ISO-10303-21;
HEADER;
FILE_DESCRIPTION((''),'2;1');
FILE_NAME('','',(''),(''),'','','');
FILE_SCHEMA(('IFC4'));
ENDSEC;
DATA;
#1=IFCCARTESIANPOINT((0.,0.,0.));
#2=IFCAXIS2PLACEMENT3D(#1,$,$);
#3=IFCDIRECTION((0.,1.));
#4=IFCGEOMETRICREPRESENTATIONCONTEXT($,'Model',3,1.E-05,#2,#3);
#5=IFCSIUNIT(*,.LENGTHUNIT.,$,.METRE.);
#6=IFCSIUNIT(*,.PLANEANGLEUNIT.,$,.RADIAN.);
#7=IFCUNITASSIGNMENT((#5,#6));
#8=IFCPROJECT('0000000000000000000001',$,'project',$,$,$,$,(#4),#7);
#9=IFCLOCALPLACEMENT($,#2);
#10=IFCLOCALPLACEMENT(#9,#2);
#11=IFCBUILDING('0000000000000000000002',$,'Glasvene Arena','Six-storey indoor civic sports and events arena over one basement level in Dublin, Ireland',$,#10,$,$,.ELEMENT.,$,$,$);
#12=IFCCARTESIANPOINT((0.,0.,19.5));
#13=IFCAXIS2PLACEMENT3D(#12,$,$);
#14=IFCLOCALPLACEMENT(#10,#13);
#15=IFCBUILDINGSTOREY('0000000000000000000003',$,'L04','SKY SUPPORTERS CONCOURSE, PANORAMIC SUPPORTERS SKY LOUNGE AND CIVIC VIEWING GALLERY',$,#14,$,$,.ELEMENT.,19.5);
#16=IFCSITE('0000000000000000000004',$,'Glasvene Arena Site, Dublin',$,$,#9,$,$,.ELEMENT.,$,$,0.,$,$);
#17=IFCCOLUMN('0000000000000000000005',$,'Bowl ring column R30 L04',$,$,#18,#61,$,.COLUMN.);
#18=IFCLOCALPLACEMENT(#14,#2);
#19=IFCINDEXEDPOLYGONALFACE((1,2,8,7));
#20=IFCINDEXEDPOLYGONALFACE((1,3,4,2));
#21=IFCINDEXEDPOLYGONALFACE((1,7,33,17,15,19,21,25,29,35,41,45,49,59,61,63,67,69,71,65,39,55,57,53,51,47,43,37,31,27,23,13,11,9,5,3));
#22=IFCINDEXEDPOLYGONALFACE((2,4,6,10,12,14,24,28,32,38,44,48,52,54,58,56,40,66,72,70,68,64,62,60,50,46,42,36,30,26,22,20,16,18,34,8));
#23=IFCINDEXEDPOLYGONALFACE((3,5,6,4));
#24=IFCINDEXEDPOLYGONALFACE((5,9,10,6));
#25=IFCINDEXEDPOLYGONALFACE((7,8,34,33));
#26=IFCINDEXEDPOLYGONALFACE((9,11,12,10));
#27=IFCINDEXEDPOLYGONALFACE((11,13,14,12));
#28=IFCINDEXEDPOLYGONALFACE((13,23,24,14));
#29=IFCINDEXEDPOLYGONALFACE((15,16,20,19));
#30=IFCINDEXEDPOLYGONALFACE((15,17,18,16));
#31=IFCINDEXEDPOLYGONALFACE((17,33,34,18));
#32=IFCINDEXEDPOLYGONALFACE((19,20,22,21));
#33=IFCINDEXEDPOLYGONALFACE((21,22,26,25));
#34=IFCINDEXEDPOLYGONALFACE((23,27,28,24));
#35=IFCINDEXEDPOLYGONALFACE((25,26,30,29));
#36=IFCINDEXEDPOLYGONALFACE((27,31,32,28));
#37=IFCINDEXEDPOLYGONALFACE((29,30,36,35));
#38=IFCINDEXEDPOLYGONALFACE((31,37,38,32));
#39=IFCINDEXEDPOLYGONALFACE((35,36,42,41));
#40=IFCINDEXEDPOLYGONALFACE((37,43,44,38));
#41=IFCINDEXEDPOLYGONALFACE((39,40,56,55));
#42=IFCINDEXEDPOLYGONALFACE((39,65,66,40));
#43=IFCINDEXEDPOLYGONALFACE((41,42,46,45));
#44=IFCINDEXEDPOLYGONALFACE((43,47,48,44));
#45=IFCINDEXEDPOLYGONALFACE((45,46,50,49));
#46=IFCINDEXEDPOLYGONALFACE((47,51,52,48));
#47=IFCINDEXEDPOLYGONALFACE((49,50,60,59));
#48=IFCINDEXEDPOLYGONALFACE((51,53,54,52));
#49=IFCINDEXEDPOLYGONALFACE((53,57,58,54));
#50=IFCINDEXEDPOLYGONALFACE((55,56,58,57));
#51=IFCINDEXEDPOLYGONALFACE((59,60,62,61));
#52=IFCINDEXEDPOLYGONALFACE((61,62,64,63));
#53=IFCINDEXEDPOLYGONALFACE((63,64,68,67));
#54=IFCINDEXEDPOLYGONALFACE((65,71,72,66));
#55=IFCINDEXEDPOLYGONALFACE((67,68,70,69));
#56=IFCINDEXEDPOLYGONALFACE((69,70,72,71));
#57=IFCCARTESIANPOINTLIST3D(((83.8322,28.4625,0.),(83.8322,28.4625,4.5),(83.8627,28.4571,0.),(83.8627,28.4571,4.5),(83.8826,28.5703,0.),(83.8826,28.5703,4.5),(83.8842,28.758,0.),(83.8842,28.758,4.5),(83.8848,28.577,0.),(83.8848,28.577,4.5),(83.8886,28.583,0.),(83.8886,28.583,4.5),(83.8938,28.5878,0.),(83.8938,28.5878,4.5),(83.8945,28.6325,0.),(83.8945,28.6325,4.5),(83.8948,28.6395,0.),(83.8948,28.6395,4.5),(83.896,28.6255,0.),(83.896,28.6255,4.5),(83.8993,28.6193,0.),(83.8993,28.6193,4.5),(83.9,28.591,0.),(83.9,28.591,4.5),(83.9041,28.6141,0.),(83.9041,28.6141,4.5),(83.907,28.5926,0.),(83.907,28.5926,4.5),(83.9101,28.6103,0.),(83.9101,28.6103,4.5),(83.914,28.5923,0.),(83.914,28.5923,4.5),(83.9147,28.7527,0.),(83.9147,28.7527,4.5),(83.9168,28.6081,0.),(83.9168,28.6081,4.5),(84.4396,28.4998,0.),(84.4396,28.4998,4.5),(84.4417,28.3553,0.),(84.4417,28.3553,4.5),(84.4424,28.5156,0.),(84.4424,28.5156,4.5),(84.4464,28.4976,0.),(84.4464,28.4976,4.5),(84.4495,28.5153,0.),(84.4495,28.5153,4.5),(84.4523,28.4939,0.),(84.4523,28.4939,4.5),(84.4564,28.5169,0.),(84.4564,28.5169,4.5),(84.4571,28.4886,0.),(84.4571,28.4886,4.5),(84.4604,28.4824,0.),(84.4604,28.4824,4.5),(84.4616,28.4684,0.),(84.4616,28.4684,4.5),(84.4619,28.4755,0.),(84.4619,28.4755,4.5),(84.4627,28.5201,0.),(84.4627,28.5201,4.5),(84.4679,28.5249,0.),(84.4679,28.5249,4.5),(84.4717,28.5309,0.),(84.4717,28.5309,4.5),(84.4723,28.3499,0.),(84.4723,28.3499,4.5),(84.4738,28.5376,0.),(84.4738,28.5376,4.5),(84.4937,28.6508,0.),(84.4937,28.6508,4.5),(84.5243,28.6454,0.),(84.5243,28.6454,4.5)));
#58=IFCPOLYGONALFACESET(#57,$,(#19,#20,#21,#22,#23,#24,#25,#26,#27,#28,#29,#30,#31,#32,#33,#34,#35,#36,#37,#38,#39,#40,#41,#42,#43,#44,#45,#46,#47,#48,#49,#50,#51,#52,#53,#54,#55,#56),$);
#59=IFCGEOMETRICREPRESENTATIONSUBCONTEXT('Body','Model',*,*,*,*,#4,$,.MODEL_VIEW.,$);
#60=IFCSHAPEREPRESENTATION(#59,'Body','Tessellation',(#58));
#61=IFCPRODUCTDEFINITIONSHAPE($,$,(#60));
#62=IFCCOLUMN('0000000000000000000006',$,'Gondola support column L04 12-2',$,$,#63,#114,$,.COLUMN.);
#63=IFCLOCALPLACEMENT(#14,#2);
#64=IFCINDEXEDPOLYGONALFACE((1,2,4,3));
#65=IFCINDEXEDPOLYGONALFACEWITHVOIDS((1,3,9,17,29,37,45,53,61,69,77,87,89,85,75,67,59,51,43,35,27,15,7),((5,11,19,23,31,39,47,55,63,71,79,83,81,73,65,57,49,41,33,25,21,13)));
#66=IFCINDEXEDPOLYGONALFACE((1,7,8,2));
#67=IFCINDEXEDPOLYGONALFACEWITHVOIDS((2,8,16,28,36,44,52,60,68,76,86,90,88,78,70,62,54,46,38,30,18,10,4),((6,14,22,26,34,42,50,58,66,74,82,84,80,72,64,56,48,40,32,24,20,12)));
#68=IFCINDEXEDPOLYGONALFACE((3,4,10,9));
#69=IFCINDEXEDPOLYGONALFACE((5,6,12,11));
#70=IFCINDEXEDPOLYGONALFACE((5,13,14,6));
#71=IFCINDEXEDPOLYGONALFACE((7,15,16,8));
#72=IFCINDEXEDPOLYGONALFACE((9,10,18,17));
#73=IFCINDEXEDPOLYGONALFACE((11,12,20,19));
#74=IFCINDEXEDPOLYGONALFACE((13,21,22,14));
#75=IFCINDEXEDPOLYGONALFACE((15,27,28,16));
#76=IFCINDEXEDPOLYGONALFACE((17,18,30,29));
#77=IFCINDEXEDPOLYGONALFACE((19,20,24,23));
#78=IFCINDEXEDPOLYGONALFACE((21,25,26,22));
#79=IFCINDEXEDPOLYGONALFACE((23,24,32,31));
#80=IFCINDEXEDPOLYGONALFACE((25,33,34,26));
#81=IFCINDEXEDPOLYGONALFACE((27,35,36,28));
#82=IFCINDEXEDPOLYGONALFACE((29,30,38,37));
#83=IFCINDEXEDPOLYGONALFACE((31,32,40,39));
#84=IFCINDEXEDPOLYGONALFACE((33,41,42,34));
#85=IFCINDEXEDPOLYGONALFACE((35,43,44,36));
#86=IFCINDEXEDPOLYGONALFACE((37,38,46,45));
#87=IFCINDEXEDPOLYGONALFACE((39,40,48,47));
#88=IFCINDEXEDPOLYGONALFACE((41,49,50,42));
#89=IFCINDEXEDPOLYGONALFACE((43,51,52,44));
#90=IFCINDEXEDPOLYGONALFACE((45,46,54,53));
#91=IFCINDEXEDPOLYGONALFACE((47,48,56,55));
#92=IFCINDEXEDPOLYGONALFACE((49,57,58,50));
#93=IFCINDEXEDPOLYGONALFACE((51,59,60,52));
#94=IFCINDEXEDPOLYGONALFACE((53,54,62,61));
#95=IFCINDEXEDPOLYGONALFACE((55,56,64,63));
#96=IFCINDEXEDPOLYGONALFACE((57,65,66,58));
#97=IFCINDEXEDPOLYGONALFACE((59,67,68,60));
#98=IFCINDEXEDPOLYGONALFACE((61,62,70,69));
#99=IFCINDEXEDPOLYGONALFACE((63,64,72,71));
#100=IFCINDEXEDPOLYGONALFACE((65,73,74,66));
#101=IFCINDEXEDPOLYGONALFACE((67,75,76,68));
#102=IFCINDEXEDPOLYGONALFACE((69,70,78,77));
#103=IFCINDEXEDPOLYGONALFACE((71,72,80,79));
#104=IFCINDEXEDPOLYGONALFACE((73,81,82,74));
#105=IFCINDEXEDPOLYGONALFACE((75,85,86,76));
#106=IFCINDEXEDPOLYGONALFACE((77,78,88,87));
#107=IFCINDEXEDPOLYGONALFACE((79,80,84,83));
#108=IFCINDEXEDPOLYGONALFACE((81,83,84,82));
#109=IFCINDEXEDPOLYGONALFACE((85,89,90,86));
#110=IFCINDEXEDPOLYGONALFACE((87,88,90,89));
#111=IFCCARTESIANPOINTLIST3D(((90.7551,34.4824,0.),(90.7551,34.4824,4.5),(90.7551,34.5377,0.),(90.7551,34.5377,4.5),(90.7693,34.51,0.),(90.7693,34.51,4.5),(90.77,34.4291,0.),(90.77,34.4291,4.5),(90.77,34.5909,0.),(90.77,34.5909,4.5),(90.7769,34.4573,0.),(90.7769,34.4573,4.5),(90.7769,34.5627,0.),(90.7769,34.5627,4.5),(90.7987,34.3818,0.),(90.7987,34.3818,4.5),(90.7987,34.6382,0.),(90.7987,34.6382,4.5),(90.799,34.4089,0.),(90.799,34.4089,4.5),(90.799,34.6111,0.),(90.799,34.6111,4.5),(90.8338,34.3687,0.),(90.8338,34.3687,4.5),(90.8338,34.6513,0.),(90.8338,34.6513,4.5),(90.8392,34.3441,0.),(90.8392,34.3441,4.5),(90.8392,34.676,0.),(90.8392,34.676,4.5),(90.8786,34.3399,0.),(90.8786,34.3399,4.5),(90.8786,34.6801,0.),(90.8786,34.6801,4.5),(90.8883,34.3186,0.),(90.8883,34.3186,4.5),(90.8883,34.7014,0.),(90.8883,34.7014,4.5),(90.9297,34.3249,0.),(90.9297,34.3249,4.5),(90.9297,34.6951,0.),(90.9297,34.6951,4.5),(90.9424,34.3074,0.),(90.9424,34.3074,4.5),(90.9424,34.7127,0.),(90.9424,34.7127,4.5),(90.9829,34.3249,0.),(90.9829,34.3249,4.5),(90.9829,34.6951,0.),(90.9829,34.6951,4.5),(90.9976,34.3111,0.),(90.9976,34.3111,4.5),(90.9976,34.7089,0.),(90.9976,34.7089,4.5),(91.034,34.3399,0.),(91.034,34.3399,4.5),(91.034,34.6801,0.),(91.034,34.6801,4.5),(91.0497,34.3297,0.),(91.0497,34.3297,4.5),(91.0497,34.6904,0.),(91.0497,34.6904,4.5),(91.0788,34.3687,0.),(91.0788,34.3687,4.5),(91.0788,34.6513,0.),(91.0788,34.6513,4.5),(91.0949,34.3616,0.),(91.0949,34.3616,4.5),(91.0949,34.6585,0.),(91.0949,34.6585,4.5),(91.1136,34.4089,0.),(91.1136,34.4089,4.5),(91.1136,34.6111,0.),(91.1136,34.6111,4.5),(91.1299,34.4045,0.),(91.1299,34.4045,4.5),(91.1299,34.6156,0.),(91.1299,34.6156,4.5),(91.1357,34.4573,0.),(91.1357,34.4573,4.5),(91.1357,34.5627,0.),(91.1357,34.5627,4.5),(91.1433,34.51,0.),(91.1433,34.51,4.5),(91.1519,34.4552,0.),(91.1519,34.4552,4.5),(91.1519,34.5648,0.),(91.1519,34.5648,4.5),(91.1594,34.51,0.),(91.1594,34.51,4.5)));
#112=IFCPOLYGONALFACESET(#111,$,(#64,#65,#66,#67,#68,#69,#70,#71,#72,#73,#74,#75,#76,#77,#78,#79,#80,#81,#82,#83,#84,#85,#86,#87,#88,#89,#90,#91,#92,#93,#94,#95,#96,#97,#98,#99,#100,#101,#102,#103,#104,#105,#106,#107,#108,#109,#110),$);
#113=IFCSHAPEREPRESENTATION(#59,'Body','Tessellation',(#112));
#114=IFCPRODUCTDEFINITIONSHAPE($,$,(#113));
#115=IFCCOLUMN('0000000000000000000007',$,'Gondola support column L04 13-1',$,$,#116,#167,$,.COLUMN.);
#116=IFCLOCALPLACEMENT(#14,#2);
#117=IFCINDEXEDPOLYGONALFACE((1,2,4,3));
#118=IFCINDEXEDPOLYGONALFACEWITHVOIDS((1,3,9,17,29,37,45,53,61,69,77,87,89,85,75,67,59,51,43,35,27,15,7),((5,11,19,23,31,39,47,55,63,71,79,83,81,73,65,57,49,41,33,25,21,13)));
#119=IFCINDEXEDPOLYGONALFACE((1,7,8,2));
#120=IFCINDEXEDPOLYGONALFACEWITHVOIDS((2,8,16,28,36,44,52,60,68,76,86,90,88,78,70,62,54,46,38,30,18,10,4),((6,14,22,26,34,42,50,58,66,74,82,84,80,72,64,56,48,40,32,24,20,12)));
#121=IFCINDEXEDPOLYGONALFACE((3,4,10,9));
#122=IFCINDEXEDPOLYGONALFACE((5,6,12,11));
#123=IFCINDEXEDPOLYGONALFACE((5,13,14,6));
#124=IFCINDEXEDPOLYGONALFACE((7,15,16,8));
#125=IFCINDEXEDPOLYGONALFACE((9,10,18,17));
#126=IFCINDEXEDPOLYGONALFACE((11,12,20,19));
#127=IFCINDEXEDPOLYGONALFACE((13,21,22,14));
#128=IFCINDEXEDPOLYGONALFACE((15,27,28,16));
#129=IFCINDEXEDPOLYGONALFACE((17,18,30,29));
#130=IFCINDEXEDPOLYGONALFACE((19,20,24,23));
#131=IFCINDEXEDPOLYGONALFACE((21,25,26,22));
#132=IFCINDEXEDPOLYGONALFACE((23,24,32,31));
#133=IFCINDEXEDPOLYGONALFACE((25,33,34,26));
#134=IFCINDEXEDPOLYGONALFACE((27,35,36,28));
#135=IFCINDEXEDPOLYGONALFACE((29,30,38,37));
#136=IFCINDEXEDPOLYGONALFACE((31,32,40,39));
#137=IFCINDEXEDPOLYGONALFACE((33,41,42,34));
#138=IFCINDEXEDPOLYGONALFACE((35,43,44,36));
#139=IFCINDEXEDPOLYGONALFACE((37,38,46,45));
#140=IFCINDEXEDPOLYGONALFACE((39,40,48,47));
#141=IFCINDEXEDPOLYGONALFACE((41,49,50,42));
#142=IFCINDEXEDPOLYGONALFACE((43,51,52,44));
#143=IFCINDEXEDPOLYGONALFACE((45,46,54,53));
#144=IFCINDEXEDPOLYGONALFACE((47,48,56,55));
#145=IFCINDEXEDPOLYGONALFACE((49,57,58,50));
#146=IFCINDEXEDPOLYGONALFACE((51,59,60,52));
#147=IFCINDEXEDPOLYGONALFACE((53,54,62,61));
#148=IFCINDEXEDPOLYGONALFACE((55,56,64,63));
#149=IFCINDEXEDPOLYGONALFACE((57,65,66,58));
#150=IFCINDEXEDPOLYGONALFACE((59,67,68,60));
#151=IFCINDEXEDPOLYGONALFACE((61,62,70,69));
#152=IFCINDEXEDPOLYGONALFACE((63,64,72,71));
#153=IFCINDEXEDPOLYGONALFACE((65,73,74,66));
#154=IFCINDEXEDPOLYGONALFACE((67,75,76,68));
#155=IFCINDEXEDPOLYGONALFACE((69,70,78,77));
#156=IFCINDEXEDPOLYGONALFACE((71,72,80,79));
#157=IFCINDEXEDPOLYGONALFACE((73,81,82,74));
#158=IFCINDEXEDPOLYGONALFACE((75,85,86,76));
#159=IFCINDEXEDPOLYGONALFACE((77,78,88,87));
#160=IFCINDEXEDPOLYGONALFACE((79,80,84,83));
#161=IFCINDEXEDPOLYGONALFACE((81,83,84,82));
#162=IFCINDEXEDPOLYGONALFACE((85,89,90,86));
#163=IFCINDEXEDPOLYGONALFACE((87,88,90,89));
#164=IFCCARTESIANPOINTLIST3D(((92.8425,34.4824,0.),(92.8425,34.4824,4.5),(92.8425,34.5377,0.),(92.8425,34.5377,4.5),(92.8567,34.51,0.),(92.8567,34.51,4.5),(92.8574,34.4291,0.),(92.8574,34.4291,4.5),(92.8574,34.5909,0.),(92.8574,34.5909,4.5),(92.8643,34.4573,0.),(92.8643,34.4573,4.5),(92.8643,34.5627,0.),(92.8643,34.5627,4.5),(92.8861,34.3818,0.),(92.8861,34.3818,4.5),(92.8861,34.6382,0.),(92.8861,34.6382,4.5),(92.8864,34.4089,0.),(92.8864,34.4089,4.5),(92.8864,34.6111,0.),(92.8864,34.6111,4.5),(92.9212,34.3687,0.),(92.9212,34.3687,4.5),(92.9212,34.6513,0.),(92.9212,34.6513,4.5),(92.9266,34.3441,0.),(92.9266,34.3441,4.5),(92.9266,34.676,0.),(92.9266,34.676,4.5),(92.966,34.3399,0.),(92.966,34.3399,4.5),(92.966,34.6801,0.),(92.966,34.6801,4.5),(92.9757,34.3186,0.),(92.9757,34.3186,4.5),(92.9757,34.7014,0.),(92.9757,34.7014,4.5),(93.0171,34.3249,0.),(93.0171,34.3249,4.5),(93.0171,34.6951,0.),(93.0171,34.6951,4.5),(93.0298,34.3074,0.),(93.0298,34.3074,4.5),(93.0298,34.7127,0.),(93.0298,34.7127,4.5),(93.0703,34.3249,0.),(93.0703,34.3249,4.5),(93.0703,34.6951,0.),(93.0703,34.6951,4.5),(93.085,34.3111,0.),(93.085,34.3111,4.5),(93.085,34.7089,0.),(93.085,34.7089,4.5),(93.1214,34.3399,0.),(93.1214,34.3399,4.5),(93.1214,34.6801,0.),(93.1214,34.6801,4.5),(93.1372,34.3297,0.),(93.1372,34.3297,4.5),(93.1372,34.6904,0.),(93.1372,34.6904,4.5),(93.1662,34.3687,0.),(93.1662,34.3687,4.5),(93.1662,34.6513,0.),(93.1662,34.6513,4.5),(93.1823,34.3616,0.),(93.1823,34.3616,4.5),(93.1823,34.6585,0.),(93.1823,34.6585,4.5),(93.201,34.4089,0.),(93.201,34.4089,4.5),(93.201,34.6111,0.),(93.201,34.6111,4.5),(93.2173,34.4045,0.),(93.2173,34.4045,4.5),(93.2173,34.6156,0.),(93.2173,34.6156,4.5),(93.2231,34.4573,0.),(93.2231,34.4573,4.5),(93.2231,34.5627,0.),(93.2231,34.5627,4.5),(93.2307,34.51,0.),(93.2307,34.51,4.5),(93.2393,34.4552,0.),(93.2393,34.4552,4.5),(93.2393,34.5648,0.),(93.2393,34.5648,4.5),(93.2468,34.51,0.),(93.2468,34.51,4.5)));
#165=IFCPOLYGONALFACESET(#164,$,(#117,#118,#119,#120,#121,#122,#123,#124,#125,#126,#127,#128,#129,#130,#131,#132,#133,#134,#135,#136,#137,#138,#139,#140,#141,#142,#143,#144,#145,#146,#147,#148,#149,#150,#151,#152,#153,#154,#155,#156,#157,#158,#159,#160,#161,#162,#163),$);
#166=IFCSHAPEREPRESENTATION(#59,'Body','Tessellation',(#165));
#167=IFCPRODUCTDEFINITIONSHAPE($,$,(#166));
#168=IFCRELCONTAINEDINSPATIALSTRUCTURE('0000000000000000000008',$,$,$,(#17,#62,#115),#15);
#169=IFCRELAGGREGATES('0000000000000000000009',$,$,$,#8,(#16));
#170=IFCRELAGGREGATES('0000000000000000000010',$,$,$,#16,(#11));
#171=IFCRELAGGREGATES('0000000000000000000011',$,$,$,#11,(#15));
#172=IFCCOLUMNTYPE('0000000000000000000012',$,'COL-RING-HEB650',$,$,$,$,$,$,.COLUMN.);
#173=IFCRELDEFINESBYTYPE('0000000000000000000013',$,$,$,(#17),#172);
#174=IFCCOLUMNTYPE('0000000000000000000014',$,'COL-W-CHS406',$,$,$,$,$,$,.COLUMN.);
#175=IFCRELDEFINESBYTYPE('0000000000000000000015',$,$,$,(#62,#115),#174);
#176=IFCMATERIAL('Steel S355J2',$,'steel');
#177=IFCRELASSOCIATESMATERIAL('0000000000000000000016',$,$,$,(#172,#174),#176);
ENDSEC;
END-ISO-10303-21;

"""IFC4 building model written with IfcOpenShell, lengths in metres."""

from ifc_helpers import new_model, si_unit, direction, frame, origin, origin_2d, place, context, subcontext, project, spatial, hollow_circle, i_section, extrude, material, material_profile, profile_set, type_object, element, save


model = new_model("IFC4")

# Units and contexts
model_context = context("Model", 3, precision=1e-05, world=origin(), true_north=direction((0.0, 1.0)))
body_context = subcontext(model_context, "Body", "Model", "MODEL_VIEW")
ifc_project = project(units=[si_unit("LENGTHUNIT", "METRE"), si_unit("PLANEANGLEUNIT", "RADIAN")], contexts=[model_context])

# Site, building, storey
site_placement = place(None, origin())
site = spatial("IfcSite", under=ifc_project, at=site_placement, Name="Glasvene Arena Site, Dublin", CompositionType="ELEMENT", RefElevation=0.0)
building_placement = place(site_placement, origin())
building = spatial("IfcBuilding", under=site, at=building_placement, Name="Glasvene Arena", Description="Six-storey indoor civic sports and events arena over one basement level in Dublin, Ireland", CompositionType="ELEMENT")
storey_placement = place(building_placement, frame((0.0, 0.0, 19.5)))
storey = spatial("IfcBuildingStorey", under=building, at=storey_placement, Name="L04", Description="SKY SUPPORTERS CONCOURSE, PANORAMIC SUPPORTERS SKY LOUNGE AND CIVIC VIEWING GALLERY", CompositionType="ELEMENT", Elevation=19.5)

# Columns
ifc_material_1 = material(Name="Steel S355J2", Category="steel")
ifc_material_profile_1 = material_profile(ifc_material_1, i_section(OverallWidth=0.3, OverallDepth=0.6499, WebThickness=0.0161, FlangeThickness=0.031, FilletRadius=0.0271, at=origin_2d()), Name="HEB 650")
ifc_profile_set_1 = profile_set([ifc_material_profile_1], Name="Steel S355J2")
column_type_1 = type_object("IfcColumnType", Name="COL-RING-HEB650", PredefinedType="COLUMN", material=ifc_profile_set_1)
column_placement = place(storey_placement, frame((84.1782, 28.554, 0.0), z_axis=(0.0, 0.0, 1.0), x_axis=(-0.173304, -0.984868, 0.0)))
element("IfcColumn", 1, at=column_placement, inside=storey, type_object=column_type_1, Name="Bowl ring column R30 L04", PredefinedType="COLUMN", context=body_context, shape_type="SweptSolid", body=[
    extrude(i_section(OverallWidth=0.3, OverallDepth=0.6499, WebThickness=0.0161, FlangeThickness=0.031, FilletRadius=0.0271, at=origin_2d()), origin(), (0.0, 0.0, 1.0), 4.5),
])
ifc_material_profile_2 = material_profile(ifc_material_1, hollow_circle(Radius=0.2031, WallThickness=0.0161, at=origin_2d()), Name="CHS 406.4x16.0")
ifc_profile_set_2 = profile_set([ifc_material_profile_2], Name="Steel S355J2")
column_type_2 = type_object("IfcColumnType", Name="COL-W-CHS406", PredefinedType="COLUMN", material=ifc_profile_set_2)
for number, where, z_axis, x_axis, name in (
    (2, (90.9563, 34.51, 0.0), (0.0, 0.0, 1.0), (1.0, 0.0, 0.0), "Gondola support column L04 12-2"),
    (3, (93.0437, 34.51, 0.0), (0.0, 0.0, 1.0), (1.0, 0.0, 0.0), "Gondola support column L04 13-1"),
):
    element("IfcColumn", number, at=place(storey_placement, frame(where, z_axis=z_axis, x_axis=x_axis)), inside=storey, type_object=column_type_2, Name=name, PredefinedType="COLUMN", context=body_context, shape_type="SweptSolid", body=[
        extrude(hollow_circle(Radius=0.2031, WallThickness=0.0161, at=origin_2d()), origin(), (0.0, 0.0, 1.0), 4.5),
    ])

save(model, "model.ifc")
